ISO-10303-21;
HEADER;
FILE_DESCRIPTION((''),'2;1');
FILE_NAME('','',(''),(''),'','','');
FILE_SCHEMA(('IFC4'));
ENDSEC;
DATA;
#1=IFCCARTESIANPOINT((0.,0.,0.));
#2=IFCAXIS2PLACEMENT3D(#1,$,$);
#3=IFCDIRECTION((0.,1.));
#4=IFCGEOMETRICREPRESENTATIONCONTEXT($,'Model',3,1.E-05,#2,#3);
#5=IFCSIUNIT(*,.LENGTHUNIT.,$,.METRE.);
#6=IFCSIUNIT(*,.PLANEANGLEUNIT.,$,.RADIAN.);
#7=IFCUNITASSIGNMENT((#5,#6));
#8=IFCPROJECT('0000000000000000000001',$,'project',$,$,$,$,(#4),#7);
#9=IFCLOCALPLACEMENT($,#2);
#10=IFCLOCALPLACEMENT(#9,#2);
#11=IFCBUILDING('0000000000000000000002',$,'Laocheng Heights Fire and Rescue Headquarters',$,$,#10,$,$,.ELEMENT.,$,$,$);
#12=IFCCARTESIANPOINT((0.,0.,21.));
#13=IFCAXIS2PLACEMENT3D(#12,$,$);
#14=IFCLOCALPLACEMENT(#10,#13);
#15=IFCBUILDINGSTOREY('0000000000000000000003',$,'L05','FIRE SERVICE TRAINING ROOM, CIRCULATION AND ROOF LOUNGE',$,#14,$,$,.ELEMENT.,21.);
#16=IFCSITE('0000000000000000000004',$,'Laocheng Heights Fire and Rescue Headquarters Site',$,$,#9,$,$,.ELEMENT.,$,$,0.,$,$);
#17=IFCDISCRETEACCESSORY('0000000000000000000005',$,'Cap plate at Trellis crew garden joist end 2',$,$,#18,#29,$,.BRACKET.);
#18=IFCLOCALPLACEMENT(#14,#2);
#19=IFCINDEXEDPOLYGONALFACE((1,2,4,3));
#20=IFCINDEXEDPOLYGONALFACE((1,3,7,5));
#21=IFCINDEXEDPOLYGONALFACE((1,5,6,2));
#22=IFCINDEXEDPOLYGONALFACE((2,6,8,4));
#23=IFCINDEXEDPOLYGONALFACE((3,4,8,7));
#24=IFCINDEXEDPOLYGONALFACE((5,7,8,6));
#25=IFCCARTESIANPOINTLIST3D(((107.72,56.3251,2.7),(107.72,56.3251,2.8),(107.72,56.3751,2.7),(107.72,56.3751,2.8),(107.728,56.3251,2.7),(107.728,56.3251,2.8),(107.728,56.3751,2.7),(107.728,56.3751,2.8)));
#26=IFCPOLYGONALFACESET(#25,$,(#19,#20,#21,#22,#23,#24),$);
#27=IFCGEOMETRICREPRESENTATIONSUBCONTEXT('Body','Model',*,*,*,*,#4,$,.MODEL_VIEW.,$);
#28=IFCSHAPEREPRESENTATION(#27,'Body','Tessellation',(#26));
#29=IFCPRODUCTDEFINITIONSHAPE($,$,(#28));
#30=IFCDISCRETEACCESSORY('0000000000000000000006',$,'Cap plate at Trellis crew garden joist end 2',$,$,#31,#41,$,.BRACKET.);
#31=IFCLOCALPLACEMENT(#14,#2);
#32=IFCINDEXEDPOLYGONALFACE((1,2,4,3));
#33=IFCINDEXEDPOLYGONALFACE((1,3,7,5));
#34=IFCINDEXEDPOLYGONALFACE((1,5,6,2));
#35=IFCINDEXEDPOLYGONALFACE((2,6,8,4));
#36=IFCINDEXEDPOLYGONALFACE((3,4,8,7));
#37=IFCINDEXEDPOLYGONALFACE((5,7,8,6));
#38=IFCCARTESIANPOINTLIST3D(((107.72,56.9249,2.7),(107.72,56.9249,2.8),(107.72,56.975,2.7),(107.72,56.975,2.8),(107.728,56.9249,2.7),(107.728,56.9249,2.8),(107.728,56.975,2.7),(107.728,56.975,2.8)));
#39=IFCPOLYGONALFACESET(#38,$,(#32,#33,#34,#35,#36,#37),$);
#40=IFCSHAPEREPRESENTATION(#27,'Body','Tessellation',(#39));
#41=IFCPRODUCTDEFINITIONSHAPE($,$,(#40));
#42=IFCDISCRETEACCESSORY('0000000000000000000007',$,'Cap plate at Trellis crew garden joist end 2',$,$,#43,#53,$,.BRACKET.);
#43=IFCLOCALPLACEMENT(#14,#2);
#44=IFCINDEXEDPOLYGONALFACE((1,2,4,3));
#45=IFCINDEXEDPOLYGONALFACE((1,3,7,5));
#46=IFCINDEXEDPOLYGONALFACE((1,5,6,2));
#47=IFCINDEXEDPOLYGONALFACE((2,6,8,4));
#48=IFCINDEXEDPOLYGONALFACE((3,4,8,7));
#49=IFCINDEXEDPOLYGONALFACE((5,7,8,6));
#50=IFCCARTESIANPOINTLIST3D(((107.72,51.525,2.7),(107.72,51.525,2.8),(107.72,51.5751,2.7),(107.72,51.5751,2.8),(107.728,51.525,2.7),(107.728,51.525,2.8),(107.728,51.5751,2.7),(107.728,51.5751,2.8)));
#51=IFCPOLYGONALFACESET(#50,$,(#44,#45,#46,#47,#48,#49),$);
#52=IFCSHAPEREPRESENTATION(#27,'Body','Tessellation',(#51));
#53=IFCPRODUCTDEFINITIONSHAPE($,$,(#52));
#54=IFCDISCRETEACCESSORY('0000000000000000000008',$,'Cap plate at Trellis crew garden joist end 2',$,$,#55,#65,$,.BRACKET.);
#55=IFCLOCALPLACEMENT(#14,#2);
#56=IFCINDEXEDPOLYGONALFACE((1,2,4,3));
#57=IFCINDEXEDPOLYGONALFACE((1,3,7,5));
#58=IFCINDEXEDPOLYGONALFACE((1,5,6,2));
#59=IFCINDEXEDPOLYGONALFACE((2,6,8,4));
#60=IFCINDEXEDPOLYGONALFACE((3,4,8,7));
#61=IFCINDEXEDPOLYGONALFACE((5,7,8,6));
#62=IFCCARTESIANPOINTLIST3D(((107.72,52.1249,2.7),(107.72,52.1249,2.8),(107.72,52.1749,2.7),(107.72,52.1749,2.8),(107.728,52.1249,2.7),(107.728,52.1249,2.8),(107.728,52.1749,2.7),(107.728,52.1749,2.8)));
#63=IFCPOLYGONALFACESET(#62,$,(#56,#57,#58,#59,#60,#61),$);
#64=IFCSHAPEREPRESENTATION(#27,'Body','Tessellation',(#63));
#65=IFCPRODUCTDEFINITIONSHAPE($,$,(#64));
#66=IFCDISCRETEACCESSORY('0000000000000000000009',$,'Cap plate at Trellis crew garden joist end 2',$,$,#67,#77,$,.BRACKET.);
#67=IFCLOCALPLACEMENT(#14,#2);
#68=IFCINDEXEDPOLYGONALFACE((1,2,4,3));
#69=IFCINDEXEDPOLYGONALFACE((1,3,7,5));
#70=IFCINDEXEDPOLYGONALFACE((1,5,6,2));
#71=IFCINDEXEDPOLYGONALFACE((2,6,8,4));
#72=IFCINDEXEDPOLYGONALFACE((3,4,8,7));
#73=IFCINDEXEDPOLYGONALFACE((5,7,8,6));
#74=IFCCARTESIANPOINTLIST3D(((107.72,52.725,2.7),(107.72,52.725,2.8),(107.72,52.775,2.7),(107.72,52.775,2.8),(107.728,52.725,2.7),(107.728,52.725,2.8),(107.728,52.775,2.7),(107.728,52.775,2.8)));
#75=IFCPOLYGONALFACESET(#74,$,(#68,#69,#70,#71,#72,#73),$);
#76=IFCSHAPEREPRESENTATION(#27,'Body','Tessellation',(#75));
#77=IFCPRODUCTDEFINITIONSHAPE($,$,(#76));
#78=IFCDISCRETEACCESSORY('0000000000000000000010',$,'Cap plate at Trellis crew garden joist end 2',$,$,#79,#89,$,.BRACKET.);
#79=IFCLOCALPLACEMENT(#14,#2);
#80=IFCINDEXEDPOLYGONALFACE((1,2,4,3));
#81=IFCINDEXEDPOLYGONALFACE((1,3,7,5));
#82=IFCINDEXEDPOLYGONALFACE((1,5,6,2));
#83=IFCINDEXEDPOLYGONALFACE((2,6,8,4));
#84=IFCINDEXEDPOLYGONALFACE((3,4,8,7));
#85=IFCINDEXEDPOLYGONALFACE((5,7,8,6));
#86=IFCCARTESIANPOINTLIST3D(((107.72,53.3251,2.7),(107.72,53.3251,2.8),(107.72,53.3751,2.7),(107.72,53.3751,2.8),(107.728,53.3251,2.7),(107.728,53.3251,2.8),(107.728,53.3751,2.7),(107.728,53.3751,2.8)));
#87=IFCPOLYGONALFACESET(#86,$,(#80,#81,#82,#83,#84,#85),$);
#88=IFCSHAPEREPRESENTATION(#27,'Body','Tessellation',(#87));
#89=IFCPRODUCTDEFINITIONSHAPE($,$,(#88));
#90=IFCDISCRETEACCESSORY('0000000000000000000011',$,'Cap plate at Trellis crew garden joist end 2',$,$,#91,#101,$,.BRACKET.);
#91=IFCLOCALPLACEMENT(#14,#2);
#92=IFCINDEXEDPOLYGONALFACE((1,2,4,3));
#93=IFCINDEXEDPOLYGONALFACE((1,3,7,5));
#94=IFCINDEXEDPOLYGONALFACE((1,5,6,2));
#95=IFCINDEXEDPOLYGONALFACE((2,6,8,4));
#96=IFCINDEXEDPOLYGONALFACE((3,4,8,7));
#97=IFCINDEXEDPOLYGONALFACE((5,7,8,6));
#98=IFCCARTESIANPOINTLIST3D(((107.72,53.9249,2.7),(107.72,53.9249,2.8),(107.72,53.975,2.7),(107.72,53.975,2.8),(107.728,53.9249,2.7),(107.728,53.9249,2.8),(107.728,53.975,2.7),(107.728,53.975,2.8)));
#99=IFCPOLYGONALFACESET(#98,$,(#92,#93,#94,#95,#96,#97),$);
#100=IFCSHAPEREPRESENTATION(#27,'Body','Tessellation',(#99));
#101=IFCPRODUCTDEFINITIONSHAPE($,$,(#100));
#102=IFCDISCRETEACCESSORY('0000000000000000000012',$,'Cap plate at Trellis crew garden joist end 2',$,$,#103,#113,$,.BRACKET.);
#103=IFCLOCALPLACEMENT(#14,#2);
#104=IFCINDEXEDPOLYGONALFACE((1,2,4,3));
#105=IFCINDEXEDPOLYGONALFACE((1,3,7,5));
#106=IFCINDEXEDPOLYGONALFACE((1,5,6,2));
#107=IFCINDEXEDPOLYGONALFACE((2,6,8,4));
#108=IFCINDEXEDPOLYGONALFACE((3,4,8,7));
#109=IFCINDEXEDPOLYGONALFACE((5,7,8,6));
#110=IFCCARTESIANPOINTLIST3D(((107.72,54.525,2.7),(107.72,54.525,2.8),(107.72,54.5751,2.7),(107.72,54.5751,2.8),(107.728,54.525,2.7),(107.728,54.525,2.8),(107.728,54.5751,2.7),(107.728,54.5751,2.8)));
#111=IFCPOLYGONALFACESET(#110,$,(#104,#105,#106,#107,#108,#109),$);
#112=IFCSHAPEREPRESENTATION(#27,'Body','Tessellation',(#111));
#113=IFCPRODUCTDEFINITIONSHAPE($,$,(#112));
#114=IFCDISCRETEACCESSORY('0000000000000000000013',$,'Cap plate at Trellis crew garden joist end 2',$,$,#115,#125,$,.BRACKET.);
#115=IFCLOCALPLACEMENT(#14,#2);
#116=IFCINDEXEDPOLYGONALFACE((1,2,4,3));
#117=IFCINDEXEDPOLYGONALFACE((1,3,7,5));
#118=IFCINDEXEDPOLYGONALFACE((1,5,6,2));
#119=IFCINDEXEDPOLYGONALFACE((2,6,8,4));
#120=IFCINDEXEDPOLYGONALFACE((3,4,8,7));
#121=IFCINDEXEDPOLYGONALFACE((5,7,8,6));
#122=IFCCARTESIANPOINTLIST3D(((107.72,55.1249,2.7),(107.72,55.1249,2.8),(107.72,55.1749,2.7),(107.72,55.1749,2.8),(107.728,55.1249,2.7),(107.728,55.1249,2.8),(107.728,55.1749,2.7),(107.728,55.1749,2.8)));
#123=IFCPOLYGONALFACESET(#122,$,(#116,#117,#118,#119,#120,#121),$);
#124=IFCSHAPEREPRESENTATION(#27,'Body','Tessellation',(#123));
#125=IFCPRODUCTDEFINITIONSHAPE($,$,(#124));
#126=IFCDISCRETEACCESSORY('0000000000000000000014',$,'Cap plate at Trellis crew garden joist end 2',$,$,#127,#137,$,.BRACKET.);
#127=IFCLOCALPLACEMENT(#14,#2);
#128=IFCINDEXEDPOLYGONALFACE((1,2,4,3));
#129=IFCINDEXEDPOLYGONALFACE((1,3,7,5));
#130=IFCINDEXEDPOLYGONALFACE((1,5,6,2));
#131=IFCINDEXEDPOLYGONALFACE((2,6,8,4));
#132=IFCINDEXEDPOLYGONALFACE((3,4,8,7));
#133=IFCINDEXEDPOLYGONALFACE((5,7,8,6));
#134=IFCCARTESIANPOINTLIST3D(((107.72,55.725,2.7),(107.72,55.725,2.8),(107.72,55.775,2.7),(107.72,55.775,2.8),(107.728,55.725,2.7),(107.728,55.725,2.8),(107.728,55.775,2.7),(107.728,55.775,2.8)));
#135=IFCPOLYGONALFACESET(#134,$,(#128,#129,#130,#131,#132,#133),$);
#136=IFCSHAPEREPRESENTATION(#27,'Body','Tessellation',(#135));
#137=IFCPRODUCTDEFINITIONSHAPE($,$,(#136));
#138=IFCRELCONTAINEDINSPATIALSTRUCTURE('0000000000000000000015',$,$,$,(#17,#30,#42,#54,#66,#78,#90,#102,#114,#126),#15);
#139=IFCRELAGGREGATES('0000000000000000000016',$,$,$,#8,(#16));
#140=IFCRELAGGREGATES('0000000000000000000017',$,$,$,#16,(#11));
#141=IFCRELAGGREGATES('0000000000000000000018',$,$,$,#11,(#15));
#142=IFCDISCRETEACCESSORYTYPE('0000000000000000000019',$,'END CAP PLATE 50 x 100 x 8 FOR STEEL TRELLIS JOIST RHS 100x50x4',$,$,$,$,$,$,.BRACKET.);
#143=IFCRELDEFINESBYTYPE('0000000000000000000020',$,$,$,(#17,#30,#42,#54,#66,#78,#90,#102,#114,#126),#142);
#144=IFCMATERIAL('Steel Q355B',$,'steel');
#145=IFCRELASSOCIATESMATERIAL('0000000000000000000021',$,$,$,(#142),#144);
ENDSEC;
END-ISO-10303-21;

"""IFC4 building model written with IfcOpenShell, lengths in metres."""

from ifc_helpers import new_model, si_unit, direction, frame, origin, origin_2d, place, context, subcontext, project, spatial, rectangle, extrude, material, material_profile, profile_set, type_object, element, save


model = new_model("IFC4")

# Units and contexts
model_context = context("Model", 3, precision=1e-05, world=origin(), true_north=direction((0.0, 1.0)))
body_context = subcontext(model_context, "Body", "Model", "MODEL_VIEW")
ifc_project = project(units=[si_unit("LENGTHUNIT", "METRE"), si_unit("PLANEANGLEUNIT", "RADIAN")], contexts=[model_context])

# Site, building, storey
site_placement = place(None, origin())
site = spatial("IfcSite", under=ifc_project, at=site_placement, Name="Laocheng Heights Fire and Rescue Headquarters Site", CompositionType="ELEMENT", RefElevation=0.0)
building_placement = place(site_placement, origin())
building = spatial("IfcBuilding", under=site, at=building_placement, Name="Laocheng Heights Fire and Rescue Headquarters", CompositionType="ELEMENT")
storey_placement = place(building_placement, frame((0.0, 0.0, 21.0)))
storey = spatial("IfcBuildingStorey", under=building, at=storey_placement, Name="L05", Description="FIRE SERVICE TRAINING ROOM, CIRCULATION AND ROOF LOUNGE", CompositionType="ELEMENT", Elevation=21.0)

# Discrete accessories
ifc_material_1 = material(Name="Steel Q355B", Category="steel")
ifc_material_profile_1 = material_profile(ifc_material_1, rectangle(XDim=0.05, YDim=0.1001, at=origin_2d()), Name="END CAP PLATE 50 x 100 x 8 FOR STEEL TRELLIS JOIST RHS 100x50x4")
ifc_profile_set_1 = profile_set([ifc_material_profile_1], Name="Steel Q355B")
discrete_accessory_type_1 = type_object("IfcDiscreteAccessoryType", Name="END CAP PLATE 50 x 100 x 8 FOR STEEL TRELLIS JOIST RHS 100x50x4", PredefinedType="BRACKET", material=ifc_profile_set_1)
for number, where, z_axis, x_axis, name in (
    (1, (107.72, 56.3501, 2.75), (1.0, 0.0, 0.0), (0.0, 1.0, 0.0), "Cap plate at Trellis crew garden joist end 2"),
    (2, (107.72, 56.95, 2.75), (1.0, 0.0, 0.0), (0.0, 1.0, 0.0), "Cap plate at Trellis crew garden joist end 2"),
    (3, (107.72, 51.55, 2.75), (1.0, 0.0, 0.0), (0.0, 1.0, 0.0), "Cap plate at Trellis crew garden joist end 2"),
    (4, (107.72, 52.1499, 2.75), (1.0, 0.0, 0.0), (0.0, 1.0, 0.0), "Cap plate at Trellis crew garden joist end 2"),
    (5, (107.72, 52.75, 2.75), (1.0, 0.0, 0.0), (0.0, 1.0, 0.0), "Cap plate at Trellis crew garden joist end 2"),
    (6, (107.72, 53.3501, 2.75), (1.0, 0.0, 0.0), (0.0, 1.0, 0.0), "Cap plate at Trellis crew garden joist end 2"),
    (7, (107.72, 53.95, 2.75), (1.0, 0.0, 0.0), (0.0, 1.0, 0.0), "Cap plate at Trellis crew garden joist end 2"),
    (8, (107.72, 54.55, 2.75), (1.0, 0.0, 0.0), (0.0, 1.0, 0.0), "Cap plate at Trellis crew garden joist end 2"),
    (9, (107.72, 55.1499, 2.75), (1.0, 0.0, 0.0), (0.0, 1.0, 0.0), "Cap plate at Trellis crew garden joist end 2"),
    (10, (107.72, 55.75, 2.75), (1.0, 0.0, 0.0), (0.0, 1.0, 0.0), "Cap plate at Trellis crew garden joist end 2"),
):
    element("IfcDiscreteAccessory", number, at=place(storey_placement, frame(where, z_axis=z_axis, x_axis=x_axis)), inside=storey, type_object=discrete_accessory_type_1, Name=name, PredefinedType="BRACKET", context=body_context, shape_type="SweptSolid", body=[
        extrude(rectangle(XDim=0.05, YDim=0.1001, at=origin_2d()), origin(), (0.0, 0.0, 1.0), 0.0081),
    ])

save(model, "model.ifc")
